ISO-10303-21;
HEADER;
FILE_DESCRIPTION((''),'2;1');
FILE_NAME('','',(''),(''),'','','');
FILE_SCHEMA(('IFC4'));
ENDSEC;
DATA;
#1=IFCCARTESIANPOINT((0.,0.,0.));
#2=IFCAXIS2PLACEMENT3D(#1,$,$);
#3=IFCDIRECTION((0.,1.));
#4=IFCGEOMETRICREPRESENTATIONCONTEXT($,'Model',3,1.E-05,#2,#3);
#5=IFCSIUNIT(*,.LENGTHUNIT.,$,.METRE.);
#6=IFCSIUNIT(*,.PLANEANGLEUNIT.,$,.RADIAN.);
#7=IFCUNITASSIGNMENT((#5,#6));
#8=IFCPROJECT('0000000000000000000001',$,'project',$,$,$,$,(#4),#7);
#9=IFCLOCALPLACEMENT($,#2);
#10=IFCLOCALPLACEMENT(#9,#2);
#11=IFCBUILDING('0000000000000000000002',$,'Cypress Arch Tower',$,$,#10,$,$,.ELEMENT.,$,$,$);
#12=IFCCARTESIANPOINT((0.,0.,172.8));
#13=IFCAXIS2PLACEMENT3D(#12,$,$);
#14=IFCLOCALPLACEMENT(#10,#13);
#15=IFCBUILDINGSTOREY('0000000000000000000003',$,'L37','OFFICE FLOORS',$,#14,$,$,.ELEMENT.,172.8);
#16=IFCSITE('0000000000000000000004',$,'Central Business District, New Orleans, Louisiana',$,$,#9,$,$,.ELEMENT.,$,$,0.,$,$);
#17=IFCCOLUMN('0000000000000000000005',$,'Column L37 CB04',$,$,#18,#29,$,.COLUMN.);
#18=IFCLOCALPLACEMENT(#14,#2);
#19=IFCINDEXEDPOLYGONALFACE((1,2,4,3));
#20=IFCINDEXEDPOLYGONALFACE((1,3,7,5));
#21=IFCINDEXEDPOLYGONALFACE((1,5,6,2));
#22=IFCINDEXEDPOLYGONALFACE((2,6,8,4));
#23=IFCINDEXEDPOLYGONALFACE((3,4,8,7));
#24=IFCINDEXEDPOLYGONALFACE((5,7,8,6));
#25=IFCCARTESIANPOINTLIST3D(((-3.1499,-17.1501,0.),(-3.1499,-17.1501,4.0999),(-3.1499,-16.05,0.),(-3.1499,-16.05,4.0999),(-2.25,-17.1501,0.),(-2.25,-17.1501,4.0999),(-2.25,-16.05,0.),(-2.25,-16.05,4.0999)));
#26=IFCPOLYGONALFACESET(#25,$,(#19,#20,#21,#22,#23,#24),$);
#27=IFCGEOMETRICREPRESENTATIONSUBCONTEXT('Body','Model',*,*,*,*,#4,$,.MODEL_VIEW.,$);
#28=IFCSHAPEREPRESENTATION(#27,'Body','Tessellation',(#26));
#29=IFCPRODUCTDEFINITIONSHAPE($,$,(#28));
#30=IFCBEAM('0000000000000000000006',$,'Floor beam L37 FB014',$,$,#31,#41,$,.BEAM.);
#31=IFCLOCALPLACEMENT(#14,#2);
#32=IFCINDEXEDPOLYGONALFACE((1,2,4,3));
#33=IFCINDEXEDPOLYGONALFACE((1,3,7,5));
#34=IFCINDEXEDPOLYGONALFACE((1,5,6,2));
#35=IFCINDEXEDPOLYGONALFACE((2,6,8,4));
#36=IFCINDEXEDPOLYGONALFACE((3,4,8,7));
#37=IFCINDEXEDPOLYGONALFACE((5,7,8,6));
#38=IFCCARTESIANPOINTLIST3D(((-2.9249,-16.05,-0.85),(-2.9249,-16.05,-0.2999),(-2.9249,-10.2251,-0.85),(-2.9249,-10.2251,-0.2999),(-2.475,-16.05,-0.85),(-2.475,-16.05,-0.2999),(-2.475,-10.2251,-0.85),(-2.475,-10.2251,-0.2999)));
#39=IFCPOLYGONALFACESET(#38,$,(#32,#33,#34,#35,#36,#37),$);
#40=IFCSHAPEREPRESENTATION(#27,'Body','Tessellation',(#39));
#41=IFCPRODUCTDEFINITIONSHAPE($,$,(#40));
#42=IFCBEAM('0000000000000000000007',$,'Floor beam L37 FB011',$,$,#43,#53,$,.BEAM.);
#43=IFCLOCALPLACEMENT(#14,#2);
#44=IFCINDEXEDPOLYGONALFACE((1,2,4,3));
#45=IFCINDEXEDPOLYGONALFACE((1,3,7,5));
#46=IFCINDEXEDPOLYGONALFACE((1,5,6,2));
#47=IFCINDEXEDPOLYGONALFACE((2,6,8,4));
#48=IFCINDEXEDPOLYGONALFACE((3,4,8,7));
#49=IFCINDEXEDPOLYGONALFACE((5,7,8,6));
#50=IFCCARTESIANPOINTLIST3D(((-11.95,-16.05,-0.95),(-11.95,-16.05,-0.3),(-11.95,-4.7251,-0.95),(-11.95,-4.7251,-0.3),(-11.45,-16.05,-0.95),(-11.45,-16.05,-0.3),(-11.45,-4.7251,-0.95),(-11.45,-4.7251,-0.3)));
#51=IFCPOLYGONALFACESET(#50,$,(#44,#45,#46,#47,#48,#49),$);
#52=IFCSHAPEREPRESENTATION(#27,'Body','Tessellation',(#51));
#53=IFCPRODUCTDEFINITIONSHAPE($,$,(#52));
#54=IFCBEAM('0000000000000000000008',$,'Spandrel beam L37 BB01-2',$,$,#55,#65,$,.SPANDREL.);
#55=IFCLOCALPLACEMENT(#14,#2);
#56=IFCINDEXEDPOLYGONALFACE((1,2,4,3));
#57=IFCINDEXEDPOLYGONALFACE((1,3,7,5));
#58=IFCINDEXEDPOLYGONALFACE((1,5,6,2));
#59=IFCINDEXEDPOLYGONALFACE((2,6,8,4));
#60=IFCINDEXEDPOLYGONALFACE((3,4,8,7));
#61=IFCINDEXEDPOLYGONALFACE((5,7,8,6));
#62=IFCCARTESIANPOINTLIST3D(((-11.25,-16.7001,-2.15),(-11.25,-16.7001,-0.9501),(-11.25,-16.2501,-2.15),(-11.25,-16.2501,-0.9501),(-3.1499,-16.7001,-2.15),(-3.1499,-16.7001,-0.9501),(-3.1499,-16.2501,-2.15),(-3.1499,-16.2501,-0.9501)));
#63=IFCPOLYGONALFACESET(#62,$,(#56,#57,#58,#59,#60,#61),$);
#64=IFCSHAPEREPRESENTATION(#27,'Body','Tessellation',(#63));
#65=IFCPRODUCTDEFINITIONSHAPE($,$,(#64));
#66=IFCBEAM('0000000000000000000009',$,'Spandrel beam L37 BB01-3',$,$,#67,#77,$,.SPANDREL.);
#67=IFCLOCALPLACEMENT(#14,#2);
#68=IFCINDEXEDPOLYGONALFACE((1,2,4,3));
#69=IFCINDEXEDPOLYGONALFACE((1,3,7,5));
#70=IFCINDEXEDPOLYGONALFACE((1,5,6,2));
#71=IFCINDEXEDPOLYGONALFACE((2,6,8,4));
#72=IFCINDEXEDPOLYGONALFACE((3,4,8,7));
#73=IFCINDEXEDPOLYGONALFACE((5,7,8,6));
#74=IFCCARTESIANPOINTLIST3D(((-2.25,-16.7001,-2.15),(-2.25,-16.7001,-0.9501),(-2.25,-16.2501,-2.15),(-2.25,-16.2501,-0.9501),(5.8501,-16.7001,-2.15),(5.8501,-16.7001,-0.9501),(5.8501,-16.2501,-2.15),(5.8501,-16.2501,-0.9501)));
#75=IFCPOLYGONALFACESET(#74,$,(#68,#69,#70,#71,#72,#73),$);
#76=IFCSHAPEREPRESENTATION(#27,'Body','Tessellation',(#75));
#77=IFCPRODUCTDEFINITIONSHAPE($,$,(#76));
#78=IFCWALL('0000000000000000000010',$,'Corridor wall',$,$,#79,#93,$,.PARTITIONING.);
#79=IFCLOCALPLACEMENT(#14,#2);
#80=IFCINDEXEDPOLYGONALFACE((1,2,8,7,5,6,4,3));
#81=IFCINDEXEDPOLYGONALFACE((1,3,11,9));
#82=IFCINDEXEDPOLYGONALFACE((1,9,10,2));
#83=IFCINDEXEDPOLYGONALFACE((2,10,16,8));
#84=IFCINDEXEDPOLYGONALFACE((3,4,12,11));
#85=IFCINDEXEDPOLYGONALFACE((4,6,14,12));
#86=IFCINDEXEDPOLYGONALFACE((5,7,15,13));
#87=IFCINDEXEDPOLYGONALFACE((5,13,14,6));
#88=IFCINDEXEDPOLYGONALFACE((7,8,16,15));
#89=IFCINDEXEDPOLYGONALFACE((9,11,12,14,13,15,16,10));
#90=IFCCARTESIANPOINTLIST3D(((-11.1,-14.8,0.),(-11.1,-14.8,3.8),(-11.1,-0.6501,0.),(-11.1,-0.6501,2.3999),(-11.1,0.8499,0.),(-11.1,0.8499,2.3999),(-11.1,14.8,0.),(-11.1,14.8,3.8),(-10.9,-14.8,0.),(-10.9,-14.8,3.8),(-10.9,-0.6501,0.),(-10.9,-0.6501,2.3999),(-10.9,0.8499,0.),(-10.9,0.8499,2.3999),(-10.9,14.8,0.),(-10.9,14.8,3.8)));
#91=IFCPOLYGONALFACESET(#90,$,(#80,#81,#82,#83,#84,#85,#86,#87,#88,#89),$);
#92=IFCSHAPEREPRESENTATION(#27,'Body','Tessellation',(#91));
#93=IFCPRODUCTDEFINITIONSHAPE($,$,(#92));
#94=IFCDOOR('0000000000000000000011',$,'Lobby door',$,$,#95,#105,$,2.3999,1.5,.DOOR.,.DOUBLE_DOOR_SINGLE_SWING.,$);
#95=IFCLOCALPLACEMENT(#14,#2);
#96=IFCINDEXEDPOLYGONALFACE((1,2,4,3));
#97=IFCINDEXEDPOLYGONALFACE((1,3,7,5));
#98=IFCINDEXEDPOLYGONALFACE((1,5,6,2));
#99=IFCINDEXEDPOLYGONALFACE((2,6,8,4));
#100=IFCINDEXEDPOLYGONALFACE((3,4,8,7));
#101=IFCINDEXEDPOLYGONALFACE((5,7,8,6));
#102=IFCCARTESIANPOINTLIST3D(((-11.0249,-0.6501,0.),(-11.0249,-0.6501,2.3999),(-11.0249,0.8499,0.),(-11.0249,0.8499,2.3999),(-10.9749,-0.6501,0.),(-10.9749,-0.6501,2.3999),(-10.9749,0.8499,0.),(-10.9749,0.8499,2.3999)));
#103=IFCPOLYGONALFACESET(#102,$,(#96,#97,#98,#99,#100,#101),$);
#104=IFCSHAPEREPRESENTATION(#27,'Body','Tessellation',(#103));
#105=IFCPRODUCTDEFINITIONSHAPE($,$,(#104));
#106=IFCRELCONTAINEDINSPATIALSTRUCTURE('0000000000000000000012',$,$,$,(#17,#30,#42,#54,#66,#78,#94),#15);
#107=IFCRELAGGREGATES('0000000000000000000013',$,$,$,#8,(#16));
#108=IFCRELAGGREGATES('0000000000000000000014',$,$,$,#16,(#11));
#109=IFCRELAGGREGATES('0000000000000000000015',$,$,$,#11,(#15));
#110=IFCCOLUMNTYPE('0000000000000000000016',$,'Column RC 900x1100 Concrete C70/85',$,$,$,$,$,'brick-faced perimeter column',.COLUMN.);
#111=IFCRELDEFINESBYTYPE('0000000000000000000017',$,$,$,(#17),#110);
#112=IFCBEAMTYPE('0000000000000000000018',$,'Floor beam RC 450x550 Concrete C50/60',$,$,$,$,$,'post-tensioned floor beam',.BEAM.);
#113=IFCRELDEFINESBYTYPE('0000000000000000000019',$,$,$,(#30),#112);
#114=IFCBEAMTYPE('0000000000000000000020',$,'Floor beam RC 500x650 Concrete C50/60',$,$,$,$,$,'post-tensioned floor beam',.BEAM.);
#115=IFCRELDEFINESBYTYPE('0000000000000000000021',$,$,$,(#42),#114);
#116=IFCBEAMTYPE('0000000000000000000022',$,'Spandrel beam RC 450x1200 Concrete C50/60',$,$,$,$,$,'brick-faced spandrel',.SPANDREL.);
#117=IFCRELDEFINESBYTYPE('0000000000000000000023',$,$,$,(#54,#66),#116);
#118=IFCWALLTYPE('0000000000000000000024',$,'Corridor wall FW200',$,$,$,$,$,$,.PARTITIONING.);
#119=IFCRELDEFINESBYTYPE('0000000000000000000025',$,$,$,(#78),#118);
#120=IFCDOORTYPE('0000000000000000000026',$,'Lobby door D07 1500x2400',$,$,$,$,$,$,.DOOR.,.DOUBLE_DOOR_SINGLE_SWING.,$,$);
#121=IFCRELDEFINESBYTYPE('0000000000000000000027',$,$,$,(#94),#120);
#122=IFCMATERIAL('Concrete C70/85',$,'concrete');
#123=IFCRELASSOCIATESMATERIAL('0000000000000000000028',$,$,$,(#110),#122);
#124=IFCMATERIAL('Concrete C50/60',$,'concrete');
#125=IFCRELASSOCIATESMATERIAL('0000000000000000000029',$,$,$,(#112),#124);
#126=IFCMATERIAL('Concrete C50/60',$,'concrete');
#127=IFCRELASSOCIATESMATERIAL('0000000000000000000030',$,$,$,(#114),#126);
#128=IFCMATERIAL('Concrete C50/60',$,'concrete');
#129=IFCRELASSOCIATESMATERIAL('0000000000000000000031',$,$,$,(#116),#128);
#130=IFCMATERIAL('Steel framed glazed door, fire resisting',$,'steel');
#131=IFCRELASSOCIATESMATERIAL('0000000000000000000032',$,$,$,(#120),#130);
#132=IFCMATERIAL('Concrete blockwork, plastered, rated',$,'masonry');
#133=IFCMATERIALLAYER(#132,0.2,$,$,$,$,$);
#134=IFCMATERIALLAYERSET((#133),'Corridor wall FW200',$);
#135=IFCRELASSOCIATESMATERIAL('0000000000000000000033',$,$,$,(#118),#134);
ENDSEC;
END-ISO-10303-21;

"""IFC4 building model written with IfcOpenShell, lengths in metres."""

from ifc_helpers import new_model, si_unit, direction, frame, frame_2d, origin, origin_2d, place, context, subcontext, project, spatial, rectangle, extrude, material, layer, layer_set, material_profile, profile_set, type_object, element, fill, save


model = new_model("IFC4")

# Units and contexts
model_context = context("Model", 3, precision=1e-05, world=origin(), true_north=direction((0.0, 1.0)))
body_context = subcontext(model_context, "Body", "Model", "MODEL_VIEW")
ifc_project = project(units=[si_unit("LENGTHUNIT", "METRE"), si_unit("PLANEANGLEUNIT", "RADIAN")], contexts=[model_context])

# Site, building, storey
site_placement = place(None, origin())
site = spatial("IfcSite", under=ifc_project, at=site_placement, Name="Central Business District, New Orleans, Louisiana", CompositionType="ELEMENT", RefElevation=0.0)
building_placement = place(site_placement, origin())
building = spatial("IfcBuilding", under=site, at=building_placement, Name="Cypress Arch Tower", CompositionType="ELEMENT")
storey_placement = place(building_placement, frame((0.0, 0.0, 172.8)))
storey = spatial("IfcBuildingStorey", under=building, at=storey_placement, Name="L37", Description="OFFICE FLOORS", CompositionType="ELEMENT", Elevation=172.8)

# Column
ifc_material_1 = material(Name="Concrete C70/85", Category="concrete")
ifc_material_profile_1 = material_profile(ifc_material_1, rectangle(XDim=0.8999, YDim=1.1001, at=origin_2d()), Name="RC 900x1100")
ifc_profile_set_1 = profile_set([ifc_material_profile_1], Name="Concrete C70/85")
column_type = type_object("IfcColumnType", Name="Column RC 900x1100 Concrete C70/85", ElementType="brick-faced perimeter column", PredefinedType="COLUMN", material=ifc_profile_set_1)
column_placement = place(storey_placement, frame((-2.7, -16.6001, 0.0), z_axis=(0.0, 0.0, 1.0), x_axis=(1.0, 0.0, 0.0)))
element("IfcColumn", 1, at=column_placement, inside=storey, type_object=column_type, Name="Column L37 CB04", PredefinedType="COLUMN", context=body_context, shape_type="SweptSolid", body=[
    extrude(rectangle(XDim=0.8999, YDim=1.1001, at=origin_2d()), origin(), (0.0, 0.0, 1.0), 4.0999),
])

# Beams
ifc_material_2 = material(Name="Concrete C50/60", Category="concrete")
ifc_material_profile_2 = material_profile(ifc_material_2, rectangle(XDim=0.45, YDim=0.55, at=origin_2d()), Name="RC 450x550")
ifc_profile_set_2 = profile_set([ifc_material_profile_2], Name="Concrete C50/60")
beam_type_1 = type_object("IfcBeamType", Name="Floor beam RC 450x550 Concrete C50/60", ElementType="post-tensioned floor beam", PredefinedType="BEAM", material=ifc_profile_set_2)
beam_1_placement = place(storey_placement, frame((-2.7, -16.05, -0.575), z_axis=(0.0, 1.0, 0.0), x_axis=(-1.0, 0.0, 0.0)))
element("IfcBeam", 2, at=beam_1_placement, inside=storey, type_object=beam_type_1, Name="Floor beam L37 FB014", PredefinedType="BEAM", context=body_context, shape_type="SweptSolid", body=[
    extrude(rectangle(XDim=0.45, YDim=0.55, at=origin_2d()), origin(), (0.0, 0.0, 1.0), 5.825),
])
ifc_material_3 = material(Name="Concrete C50/60", Category="concrete")
ifc_material_profile_3 = material_profile(ifc_material_3, rectangle(XDim=0.5, YDim=0.6499, at=origin_2d()), Name="RC 500x650")
ifc_profile_set_3 = profile_set([ifc_material_profile_3], Name="Concrete C50/60")
beam_type_2 = type_object("IfcBeamType", Name="Floor beam RC 500x650 Concrete C50/60", ElementType="post-tensioned floor beam", PredefinedType="BEAM", material=ifc_profile_set_3)
beam_2_placement = place(storey_placement, frame((-11.7, -16.05, -0.625), z_axis=(0.0, 1.0, 0.0), x_axis=(-1.0, 0.0, 0.0)))
element("IfcBeam", 3, at=beam_2_placement, inside=storey, type_object=beam_type_2, Name="Floor beam L37 FB011", PredefinedType="BEAM", context=body_context, shape_type="SweptSolid", body=[
    extrude(rectangle(XDim=0.5, YDim=0.6499, at=origin_2d()), origin(), (0.0, 0.0, 1.0), 11.325),
])
ifc_material_4 = material(Name="Concrete C50/60", Category="concrete")
ifc_material_profile_4 = material_profile(ifc_material_4, rectangle(XDim=0.45, YDim=1.2, at=origin_2d()), Name="RC 450x1200")
ifc_profile_set_4 = profile_set([ifc_material_profile_4], Name="Concrete C50/60")
beam_type_3 = type_object("IfcBeamType", Name="Spandrel beam RC 450x1200 Concrete C50/60", ElementType="brick-faced spandrel", PredefinedType="SPANDREL", material=ifc_profile_set_4)
for number, where, z_axis, x_axis, name in (
    (4, (-11.25, -16.4751, -1.55), (1.0, 0.0, 0.0), (0.0, 1.0, 0.0), "Spandrel beam L37 BB01-2"),
    (5, (-2.25, -16.4751, -1.55), (1.0, 0.0, 0.0), (0.0, 1.0, 0.0), "Spandrel beam L37 BB01-3"),
):
    element("IfcBeam", number, at=place(storey_placement, frame(where, z_axis=z_axis, x_axis=x_axis)), inside=storey, type_object=beam_type_3, Name=name, PredefinedType="SPANDREL", context=body_context, shape_type="SweptSolid", body=[
        extrude(rectangle(XDim=0.45, YDim=1.2, at=origin_2d()), origin(), (0.0, 0.0, 1.0), 8.1001),
    ])

# Shared definitions
ifc_material_5 = material(Name="Steel framed glazed door, fire resisting", Category="steel")
door_type_1 = type_object("IfcDoorType", Name="Lobby door D07 1500x2400", OperationType="DOUBLE_DOOR_SINGLE_SWING", PredefinedType="DOOR", material=ifc_material_5)

# Shared definitions
ifc_material_6 = material(Name="Concrete blockwork, plastered, rated", Category="masonry")
ifc_layer_1 = layer(ifc_material_6, 0.2)
ifc_layer_set_1 = layer_set([ifc_layer_1], Name="Corridor wall FW200")
wall_type_1 = type_object("IfcWallType", Name="Corridor wall FW200", PredefinedType="PARTITIONING", material=ifc_layer_set_1)

# Wall, opening, door
wall_1_placement = place(storey_placement, frame((-11.0, -14.8, 0.0), z_axis=(0.0, 0.0, 1.0), x_axis=(0.0, 1.0, 0.0)))
wall_1 = element("IfcWall", 6, at=wall_1_placement, inside=storey, type_object=wall_type_1, Name="Corridor wall", PredefinedType="PARTITIONING", context=body_context, shape_type="SweptSolid", body=[
    extrude(rectangle(XDim=29.6001, YDim=0.2, at=frame_2d((14.8, 0.0))), origin(), (0.0, 0.0, 1.0), 3.8),
])
opening_1_placement = place(wall_1_placement, frame((14.1499, 0.0, 0.0)))
opening_1 = element("IfcOpeningElement", 7, at=opening_1_placement, cuts=wall_1, PredefinedType="OPENING", context=body_context, shape_type="SweptSolid", body=[
    extrude(rectangle(XDim=1.5, YDim=2.3999, at=frame_2d((0.75, 1.2))), frame((0.0, 0.1099, 0.0), z_axis=(0.0, -1.0, 0.0), x_axis=(1.0, 0.0, 0.0)), (0.0, 0.0, 1.0), 0.22),
])
door_1_placement = place(opening_1_placement, origin())
door_1 = element("IfcDoor", 8, at=door_1_placement, inside=storey, type_object=door_type_1, Name="Lobby door", OperationType="DOUBLE_DOOR_SINGLE_SWING", OverallHeight=2.3999, OverallWidth=1.5, PredefinedType="DOOR", context=body_context, shape_type="SweptSolid", body=[
    extrude(rectangle(XDim=1.5, YDim=2.3999, at=frame_2d((0.75, 1.2))), frame((0.0, 0.0249, 0.0), z_axis=(0.0, -1.0, 0.0), x_axis=(1.0, 0.0, 0.0)), (0.0, 0.0, 1.0), 0.05),
])
fill(opening_1, door_1)

save(model, "model.ifc")
